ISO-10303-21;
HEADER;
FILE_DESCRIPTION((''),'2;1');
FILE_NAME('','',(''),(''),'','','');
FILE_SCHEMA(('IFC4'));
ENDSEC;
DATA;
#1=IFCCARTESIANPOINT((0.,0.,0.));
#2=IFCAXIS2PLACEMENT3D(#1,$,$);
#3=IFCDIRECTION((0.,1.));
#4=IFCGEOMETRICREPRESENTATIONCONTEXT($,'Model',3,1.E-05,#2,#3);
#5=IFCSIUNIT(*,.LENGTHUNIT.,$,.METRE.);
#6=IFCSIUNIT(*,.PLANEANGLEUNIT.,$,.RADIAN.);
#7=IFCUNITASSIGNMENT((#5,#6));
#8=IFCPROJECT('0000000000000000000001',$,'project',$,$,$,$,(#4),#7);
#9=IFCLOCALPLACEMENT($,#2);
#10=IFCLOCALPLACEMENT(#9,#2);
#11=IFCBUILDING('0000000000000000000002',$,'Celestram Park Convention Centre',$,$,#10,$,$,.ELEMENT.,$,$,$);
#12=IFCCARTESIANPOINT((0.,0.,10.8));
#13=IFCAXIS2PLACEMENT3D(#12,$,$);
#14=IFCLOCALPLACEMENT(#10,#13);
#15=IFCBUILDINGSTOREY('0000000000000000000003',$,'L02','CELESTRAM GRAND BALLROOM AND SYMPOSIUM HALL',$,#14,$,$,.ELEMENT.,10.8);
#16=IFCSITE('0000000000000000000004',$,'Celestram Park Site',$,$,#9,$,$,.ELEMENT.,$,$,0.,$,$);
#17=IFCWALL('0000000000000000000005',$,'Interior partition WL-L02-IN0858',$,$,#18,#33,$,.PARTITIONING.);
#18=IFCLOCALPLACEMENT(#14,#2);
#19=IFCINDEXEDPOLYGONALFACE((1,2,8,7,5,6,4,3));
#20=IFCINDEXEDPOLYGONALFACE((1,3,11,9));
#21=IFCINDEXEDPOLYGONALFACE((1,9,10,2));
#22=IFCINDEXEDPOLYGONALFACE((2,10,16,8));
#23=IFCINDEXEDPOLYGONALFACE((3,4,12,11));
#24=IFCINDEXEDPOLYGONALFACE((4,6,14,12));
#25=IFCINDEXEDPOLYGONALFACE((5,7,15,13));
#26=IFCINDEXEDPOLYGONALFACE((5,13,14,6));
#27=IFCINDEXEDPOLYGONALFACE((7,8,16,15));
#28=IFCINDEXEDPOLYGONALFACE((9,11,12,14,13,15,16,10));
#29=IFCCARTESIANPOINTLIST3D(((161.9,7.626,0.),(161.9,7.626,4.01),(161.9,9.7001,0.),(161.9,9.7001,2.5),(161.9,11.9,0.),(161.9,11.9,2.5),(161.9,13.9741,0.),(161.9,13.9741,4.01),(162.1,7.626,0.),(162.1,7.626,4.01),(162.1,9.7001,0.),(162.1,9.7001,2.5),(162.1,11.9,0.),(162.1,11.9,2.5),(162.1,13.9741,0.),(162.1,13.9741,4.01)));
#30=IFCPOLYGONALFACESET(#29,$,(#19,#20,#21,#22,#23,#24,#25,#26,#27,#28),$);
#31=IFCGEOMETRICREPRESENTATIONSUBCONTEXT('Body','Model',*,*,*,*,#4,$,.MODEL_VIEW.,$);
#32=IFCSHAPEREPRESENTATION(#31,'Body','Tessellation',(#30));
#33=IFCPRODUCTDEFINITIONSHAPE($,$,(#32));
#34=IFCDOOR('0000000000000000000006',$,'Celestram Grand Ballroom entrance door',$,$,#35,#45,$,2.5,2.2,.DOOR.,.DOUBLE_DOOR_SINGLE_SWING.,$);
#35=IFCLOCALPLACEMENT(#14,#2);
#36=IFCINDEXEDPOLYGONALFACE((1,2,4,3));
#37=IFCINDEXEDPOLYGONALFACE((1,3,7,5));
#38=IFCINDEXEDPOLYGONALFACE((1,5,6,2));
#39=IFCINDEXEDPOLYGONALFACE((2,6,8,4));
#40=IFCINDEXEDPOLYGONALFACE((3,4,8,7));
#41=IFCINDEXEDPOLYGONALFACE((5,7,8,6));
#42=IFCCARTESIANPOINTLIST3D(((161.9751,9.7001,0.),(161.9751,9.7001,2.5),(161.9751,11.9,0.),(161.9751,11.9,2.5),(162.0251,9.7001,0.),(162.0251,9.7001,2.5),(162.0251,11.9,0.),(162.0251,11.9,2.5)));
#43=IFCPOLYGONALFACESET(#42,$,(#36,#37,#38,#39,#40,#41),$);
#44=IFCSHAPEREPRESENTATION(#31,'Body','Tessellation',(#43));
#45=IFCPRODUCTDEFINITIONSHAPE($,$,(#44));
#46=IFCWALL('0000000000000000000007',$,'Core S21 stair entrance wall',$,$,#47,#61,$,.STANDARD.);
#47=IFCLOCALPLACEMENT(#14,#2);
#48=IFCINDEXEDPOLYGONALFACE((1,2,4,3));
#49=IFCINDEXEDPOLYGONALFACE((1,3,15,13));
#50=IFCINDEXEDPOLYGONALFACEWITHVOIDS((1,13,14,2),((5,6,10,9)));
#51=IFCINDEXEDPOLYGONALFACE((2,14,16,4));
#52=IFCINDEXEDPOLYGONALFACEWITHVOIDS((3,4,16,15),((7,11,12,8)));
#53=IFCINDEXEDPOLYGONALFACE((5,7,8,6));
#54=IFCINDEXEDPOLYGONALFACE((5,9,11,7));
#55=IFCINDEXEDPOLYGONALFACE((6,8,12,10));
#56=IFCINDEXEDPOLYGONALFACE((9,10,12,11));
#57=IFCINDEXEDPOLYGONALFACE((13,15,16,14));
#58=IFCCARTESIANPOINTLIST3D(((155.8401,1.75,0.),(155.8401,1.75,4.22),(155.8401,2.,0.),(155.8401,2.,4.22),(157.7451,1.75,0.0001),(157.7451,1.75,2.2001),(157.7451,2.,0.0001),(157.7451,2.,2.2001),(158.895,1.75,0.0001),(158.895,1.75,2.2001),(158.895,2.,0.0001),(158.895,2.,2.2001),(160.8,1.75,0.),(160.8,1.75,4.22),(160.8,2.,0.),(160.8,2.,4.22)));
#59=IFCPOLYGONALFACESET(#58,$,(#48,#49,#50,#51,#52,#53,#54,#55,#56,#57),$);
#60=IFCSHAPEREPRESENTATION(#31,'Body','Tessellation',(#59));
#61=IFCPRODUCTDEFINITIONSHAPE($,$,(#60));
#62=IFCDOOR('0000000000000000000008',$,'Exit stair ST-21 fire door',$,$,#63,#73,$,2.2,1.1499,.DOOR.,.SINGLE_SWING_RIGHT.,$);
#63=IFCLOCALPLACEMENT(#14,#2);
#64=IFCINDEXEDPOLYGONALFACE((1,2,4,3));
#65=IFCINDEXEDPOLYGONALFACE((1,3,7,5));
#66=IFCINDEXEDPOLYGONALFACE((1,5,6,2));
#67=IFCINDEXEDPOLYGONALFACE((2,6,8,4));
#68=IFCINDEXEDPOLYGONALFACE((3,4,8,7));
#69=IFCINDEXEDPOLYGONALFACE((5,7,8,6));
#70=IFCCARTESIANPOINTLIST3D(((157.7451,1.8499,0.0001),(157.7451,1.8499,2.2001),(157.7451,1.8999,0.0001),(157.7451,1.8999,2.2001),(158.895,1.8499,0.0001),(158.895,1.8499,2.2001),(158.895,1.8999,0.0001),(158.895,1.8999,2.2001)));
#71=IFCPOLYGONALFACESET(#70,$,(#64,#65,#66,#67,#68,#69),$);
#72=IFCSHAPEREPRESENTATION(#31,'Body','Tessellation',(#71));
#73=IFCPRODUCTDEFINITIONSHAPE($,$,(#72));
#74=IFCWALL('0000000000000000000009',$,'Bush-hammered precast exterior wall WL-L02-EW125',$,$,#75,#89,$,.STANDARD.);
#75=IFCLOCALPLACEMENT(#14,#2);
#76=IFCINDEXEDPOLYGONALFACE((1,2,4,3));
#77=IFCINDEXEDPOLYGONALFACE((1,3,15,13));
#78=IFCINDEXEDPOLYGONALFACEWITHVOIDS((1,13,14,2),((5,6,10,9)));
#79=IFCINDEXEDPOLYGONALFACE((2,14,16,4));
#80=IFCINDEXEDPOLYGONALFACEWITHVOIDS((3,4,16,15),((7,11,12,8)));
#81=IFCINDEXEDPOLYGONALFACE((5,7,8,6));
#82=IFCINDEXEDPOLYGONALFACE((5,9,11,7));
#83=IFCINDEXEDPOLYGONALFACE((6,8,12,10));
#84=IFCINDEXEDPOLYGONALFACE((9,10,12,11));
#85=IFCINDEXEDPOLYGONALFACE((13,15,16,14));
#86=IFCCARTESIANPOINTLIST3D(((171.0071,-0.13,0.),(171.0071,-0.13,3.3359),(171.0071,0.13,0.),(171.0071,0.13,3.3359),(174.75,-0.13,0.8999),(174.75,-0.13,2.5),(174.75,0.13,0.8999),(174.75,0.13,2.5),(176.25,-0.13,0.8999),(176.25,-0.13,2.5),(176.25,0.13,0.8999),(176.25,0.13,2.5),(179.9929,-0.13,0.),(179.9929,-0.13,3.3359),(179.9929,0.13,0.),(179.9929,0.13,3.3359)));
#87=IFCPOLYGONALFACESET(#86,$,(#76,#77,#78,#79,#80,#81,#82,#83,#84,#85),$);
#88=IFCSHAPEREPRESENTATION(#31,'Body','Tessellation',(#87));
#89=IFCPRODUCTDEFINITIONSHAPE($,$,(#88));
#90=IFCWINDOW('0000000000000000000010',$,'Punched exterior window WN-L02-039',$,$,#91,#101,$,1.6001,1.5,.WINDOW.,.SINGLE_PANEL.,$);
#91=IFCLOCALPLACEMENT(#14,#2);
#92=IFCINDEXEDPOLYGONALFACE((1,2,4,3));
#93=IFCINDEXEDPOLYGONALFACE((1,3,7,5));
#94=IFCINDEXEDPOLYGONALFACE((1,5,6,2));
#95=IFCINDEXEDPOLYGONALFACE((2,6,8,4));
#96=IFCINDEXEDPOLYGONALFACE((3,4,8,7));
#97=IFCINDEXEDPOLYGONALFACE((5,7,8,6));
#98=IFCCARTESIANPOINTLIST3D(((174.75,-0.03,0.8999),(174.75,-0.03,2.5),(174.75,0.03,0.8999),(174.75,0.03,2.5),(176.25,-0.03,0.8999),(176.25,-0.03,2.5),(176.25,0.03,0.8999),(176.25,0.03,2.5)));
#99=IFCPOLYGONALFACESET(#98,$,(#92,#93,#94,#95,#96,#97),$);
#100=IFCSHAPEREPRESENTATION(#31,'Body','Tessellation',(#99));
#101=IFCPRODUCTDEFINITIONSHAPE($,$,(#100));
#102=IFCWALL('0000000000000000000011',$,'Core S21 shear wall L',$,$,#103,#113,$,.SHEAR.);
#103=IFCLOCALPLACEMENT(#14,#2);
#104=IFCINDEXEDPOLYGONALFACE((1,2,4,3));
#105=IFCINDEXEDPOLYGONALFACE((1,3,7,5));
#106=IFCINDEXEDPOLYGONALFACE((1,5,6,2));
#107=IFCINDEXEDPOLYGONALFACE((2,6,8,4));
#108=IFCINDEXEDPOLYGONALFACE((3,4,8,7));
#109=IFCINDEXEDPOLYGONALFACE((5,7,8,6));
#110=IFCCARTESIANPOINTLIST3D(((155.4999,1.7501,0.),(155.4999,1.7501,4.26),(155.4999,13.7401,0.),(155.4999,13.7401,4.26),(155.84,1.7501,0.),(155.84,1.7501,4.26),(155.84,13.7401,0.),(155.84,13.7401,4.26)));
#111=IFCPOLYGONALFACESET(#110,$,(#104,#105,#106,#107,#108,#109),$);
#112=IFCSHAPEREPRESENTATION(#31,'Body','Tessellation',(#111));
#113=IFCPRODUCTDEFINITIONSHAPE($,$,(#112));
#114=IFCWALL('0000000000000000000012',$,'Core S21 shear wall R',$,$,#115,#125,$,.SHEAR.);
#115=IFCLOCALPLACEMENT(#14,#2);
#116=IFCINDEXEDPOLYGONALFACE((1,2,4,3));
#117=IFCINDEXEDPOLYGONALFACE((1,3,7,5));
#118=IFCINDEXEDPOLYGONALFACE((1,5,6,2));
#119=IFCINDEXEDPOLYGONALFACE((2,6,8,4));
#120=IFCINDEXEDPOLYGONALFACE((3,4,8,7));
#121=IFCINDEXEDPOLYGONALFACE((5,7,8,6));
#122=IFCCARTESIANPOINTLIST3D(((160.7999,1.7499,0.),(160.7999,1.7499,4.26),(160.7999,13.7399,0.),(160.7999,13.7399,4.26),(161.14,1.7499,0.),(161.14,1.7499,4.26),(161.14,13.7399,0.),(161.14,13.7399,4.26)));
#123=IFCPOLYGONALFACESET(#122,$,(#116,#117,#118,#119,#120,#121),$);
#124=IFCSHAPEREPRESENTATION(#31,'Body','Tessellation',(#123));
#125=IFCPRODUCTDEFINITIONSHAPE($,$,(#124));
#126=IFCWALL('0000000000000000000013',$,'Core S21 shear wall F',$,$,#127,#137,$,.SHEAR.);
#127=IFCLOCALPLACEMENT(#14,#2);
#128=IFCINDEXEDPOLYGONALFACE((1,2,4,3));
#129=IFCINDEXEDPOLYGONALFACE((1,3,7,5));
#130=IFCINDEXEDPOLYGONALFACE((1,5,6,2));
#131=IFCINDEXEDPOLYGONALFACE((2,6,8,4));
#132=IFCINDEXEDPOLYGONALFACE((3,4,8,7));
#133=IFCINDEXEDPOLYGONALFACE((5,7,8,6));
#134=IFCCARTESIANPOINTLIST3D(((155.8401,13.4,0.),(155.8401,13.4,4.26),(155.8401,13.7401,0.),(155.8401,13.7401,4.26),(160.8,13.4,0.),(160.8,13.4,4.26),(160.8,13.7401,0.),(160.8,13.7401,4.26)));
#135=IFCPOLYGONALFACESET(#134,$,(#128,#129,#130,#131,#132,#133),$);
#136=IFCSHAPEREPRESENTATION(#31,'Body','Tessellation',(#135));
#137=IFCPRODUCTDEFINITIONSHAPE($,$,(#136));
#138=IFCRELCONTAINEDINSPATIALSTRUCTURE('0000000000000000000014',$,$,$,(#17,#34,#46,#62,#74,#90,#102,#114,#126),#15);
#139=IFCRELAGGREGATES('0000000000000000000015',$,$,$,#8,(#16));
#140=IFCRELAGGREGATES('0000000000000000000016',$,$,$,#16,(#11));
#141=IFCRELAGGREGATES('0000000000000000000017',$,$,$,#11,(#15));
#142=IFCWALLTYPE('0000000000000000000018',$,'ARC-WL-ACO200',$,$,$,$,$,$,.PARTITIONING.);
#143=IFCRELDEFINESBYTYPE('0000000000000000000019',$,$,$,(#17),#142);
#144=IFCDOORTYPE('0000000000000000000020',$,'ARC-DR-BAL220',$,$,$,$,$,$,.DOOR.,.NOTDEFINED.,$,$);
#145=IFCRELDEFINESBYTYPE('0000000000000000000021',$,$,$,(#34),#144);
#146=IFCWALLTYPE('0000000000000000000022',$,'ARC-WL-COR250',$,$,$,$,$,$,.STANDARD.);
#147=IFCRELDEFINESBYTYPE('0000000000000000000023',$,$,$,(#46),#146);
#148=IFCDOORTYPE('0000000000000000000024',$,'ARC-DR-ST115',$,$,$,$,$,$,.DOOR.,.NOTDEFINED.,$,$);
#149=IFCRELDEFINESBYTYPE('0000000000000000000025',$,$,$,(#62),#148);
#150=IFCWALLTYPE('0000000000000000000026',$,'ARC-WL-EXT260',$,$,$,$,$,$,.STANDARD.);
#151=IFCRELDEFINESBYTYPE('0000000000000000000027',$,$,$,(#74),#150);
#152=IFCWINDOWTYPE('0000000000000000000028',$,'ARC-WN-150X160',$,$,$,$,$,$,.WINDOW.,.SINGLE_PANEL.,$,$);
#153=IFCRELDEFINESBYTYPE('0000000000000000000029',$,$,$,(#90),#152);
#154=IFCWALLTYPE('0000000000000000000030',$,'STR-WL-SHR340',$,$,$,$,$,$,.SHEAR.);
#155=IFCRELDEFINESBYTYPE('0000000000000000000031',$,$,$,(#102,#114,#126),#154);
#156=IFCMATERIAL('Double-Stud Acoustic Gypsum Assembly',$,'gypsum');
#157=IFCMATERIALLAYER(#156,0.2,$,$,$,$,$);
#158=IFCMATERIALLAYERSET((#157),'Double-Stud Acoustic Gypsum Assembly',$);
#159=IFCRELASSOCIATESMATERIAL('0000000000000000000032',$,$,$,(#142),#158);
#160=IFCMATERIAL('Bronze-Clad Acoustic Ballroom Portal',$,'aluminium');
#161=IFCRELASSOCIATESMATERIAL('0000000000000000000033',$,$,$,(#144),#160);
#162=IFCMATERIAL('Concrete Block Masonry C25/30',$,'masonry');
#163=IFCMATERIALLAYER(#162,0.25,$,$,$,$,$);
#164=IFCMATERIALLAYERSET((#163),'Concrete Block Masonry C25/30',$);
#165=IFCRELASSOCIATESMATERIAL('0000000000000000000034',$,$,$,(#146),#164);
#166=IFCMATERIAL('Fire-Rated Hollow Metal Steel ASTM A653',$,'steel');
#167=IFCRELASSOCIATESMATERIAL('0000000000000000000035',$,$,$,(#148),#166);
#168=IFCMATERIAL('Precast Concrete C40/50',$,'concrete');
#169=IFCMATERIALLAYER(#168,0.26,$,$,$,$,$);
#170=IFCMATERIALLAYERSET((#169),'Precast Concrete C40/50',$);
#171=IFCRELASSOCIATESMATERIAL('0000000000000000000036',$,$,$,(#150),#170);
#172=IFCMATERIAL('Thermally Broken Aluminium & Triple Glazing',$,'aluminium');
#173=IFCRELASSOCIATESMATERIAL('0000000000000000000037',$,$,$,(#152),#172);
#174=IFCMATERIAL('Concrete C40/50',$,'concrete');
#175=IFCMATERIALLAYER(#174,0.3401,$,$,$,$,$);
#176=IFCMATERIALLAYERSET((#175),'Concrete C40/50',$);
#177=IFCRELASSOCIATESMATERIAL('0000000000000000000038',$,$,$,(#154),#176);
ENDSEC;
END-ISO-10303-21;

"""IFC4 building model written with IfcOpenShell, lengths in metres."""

from ifc_helpers import new_model, si_unit, direction, frame, frame_2d, origin, place, context, subcontext, project, spatial, rectangle, extrude, material, layer, layer_set, type_object, element, fill, save


model = new_model("IFC4")

# Units and contexts
model_context = context("Model", 3, precision=1e-05, world=origin(), true_north=direction((0.0, 1.0)))
body_context = subcontext(model_context, "Body", "Model", "MODEL_VIEW")
ifc_project = project(units=[si_unit("LENGTHUNIT", "METRE"), si_unit("PLANEANGLEUNIT", "RADIAN")], contexts=[model_context])

# Site, building, storey
site_placement = place(None, origin())
site = spatial("IfcSite", under=ifc_project, at=site_placement, Name="Celestram Park Site", CompositionType="ELEMENT", RefElevation=0.0)
building_placement = place(site_placement, origin())
building = spatial("IfcBuilding", under=site, at=building_placement, Name="Celestram Park Convention Centre", CompositionType="ELEMENT")
storey_placement = place(building_placement, frame((0.0, 0.0, 10.8)))
storey = spatial("IfcBuildingStorey", under=building, at=storey_placement, Name="L02", Description="CELESTRAM GRAND BALLROOM AND SYMPOSIUM HALL", CompositionType="ELEMENT", Elevation=10.8)

# Shared definitions
ifc_material_1 = material(Name="Double-Stud Acoustic Gypsum Assembly", Category="gypsum")
ifc_layer_1 = layer(ifc_material_1, 0.2)
ifc_layer_set_1 = layer_set([ifc_layer_1], Name="Double-Stud Acoustic Gypsum Assembly")
wall_type_1 = type_object("IfcWallType", Name="ARC-WL-ACO200", PredefinedType="PARTITIONING", material=ifc_layer_set_1)

# Walls, openings, doors
wall_1_placement = place(storey_placement, frame((162.0, 7.626, 0.0), z_axis=(0.0, 0.0, 1.0), x_axis=(0.0, 1.0, 0.0)))
wall_1 = element("IfcWall", 1, at=wall_1_placement, inside=storey, type_object=wall_type_1, Name="Interior partition WL-L02-IN0858", PredefinedType="PARTITIONING", context=body_context, shape_type="SweptSolid", body=[
    extrude(rectangle(XDim=6.3481, YDim=0.2, at=frame_2d((3.1741, 0.0))), origin(), (0.0, 0.0, 1.0), 4.01),
])
opening_1_placement = place(wall_1_placement, frame((2.074, 0.0, 0.0)))
opening_1 = element("IfcOpeningElement", 2, at=opening_1_placement, cuts=wall_1, PredefinedType="OPENING", context=body_context, shape_type="SweptSolid", body=[
    extrude(rectangle(XDim=2.2, YDim=2.5, at=frame_2d((1.1001, 1.25))), frame((0.0, 0.1099, 0.0), z_axis=(0.0, -1.0, 0.0), x_axis=(1.0, 0.0, 0.0)), (0.0, 0.0, 1.0), 0.22),
])
ifc_material_2 = material(Name="Bronze-Clad Acoustic Ballroom Portal", Category="aluminium")
door_type_1 = type_object("IfcDoorType", Name="ARC-DR-BAL220", OperationType="NOTDEFINED", PredefinedType="DOOR", material=ifc_material_2)
door_1_placement = place(opening_1_placement, origin())
door_1 = element("IfcDoor", 3, at=door_1_placement, inside=storey, type_object=door_type_1, Name="Celestram Grand Ballroom entrance door", OperationType="DOUBLE_DOOR_SINGLE_SWING", OverallHeight=2.5, OverallWidth=2.2, PredefinedType="DOOR", context=body_context, shape_type="SweptSolid", body=[
    extrude(rectangle(XDim=2.2, YDim=2.5, at=frame_2d((1.1001, 1.25))), frame((0.0, 0.0249, 0.0), z_axis=(0.0, -1.0, 0.0), x_axis=(1.0, 0.0, 0.0)), (0.0, 0.0, 1.0), 0.05),
])
fill(opening_1, door_1)
ifc_material_3 = material(Name="Concrete Block Masonry C25/30", Category="masonry")
ifc_layer_2 = layer(ifc_material_3, 0.25)
ifc_layer_set_2 = layer_set([ifc_layer_2], Name="Concrete Block Masonry C25/30")
wall_type_2 = type_object("IfcWallType", Name="ARC-WL-COR250", PredefinedType="STANDARD", material=ifc_layer_set_2)
wall_2_placement = place(storey_placement, frame((155.8401, 1.875, 0.0), z_axis=(0.0, 0.0, 1.0), x_axis=(1.0, 0.0, 0.0)))
wall_2 = element("IfcWall", 4, at=wall_2_placement, inside=storey, type_object=wall_type_2, Name="Core S21 stair entrance wall", PredefinedType="STANDARD", context=body_context, shape_type="SweptSolid", body=[
    extrude(rectangle(XDim=4.96, YDim=0.25, at=frame_2d((2.48, 0.0))), origin(), (0.0, 0.0, 1.0), 4.22),
])
opening_2_placement = place(wall_2_placement, frame((1.905, 0.0, 0.0)))
opening_2 = element("IfcOpeningElement", 5, at=opening_2_placement, cuts=wall_2, PredefinedType="OPENING", context=body_context, shape_type="SweptSolid", body=[
    extrude(rectangle(XDim=1.1499, YDim=2.2, at=frame_2d((0.575, 1.1001))), frame((0.0, 0.135, 0.0), z_axis=(0.0, -1.0, 0.0), x_axis=(1.0, 0.0, 0.0)), (0.0, 0.0, 1.0), 0.27),
])
ifc_material_4 = material(Name="Fire-Rated Hollow Metal Steel ASTM A653", Category="steel")
door_type_2 = type_object("IfcDoorType", Name="ARC-DR-ST115", OperationType="NOTDEFINED", PredefinedType="DOOR", material=ifc_material_4)
door_2_placement = place(opening_2_placement, origin())
door_2 = element("IfcDoor", 6, at=door_2_placement, inside=storey, type_object=door_type_2, Name="Exit stair ST-21 fire door", OperationType="SINGLE_SWING_RIGHT", OverallHeight=2.2, OverallWidth=1.1499, PredefinedType="DOOR", context=body_context, shape_type="SweptSolid", body=[
    extrude(rectangle(XDim=1.1499, YDim=2.2, at=frame_2d((0.575, 1.1001))), frame((0.0, 0.0249, 0.0), z_axis=(0.0, -1.0, 0.0), x_axis=(1.0, 0.0, 0.0)), (0.0, 0.0, 1.0), 0.05),
])
fill(opening_2, door_2)

# Wall, opening, window
ifc_material_5 = material(Name="Precast Concrete C40/50", Category="concrete")
ifc_layer_3 = layer(ifc_material_5, 0.26)
ifc_layer_set_3 = layer_set([ifc_layer_3], Name="Precast Concrete C40/50")
wall_type_3 = type_object("IfcWallType", Name="ARC-WL-EXT260", PredefinedType="STANDARD", material=ifc_layer_set_3)
wall_3_placement = place(storey_placement, frame((179.9929, 0.0, 0.0), z_axis=(0.0, 0.0, 1.0), x_axis=(-1.0, 0.0, 0.0)))
wall_3 = element("IfcWall", 7, at=wall_3_placement, inside=storey, type_object=wall_type_3, Name="Bush-hammered precast exterior wall WL-L02-EW125", PredefinedType="STANDARD", context=body_context, shape_type="SweptSolid", body=[
    extrude(rectangle(XDim=8.9858, YDim=0.26, at=frame_2d((4.4929, 0.0))), origin(), (0.0, 0.0, 1.0), 3.3359),
])
opening_3_placement = place(wall_3_placement, frame((3.7429, 0.0, 0.8999)))
opening_3 = element("IfcOpeningElement", 8, at=opening_3_placement, cuts=wall_3, PredefinedType="OPENING", context=body_context, shape_type="SweptSolid", body=[
    extrude(rectangle(XDim=1.5, YDim=1.6001, at=frame_2d((0.75, 0.8))), frame((0.0, 0.1399, 0.0), z_axis=(0.0, -1.0, 0.0), x_axis=(1.0, 0.0, 0.0)), (0.0, 0.0, 1.0), 0.28),
])
ifc_material_6 = material(Name="Thermally Broken Aluminium & Triple Glazing", Category="aluminium")
window_type = type_object("IfcWindowType", Name="ARC-WN-150X160", PartitioningType="SINGLE_PANEL", PredefinedType="WINDOW", material=ifc_material_6)
window_placement = place(opening_3_placement, origin())
window = element("IfcWindow", 9, at=window_placement, inside=storey, type_object=window_type, Name="Punched exterior window WN-L02-039", OverallHeight=1.6001, OverallWidth=1.5, PartitioningType="SINGLE_PANEL", PredefinedType="WINDOW", context=body_context, shape_type="SweptSolid", body=[
    extrude(rectangle(XDim=1.5, YDim=1.6001, at=frame_2d((0.75, 0.8))), frame((0.0, 0.03, 0.0), z_axis=(0.0, -1.0, 0.0), x_axis=(1.0, 0.0, 0.0)), (0.0, 0.0, 1.0), 0.0601),
])
fill(opening_3, window)

# Walls
ifc_material_7 = material(Name="Concrete C40/50", Category="concrete")
ifc_layer_4 = layer(ifc_material_7, 0.3401)
ifc_layer_set_4 = layer_set([ifc_layer_4], Name="Concrete C40/50")
wall_type_4 = type_object("IfcWallType", Name="STR-WL-SHR340", PredefinedType="SHEAR", material=ifc_layer_set_4)
for number, where, z_axis, x_axis, name in (
    (10, (155.6699, 1.75, 0.0), (0.0, 0.0, 1.0), (0.0, 1.0, 0.0), "Core S21 shear wall L"),
    (11, (160.97, 13.74, 0.0), (0.0, 0.0, 1.0), (0.0, -1.0, 0.0), "Core S21 shear wall R"),
):
    element("IfcWall", number, at=place(storey_placement, frame(where, z_axis=z_axis, x_axis=x_axis)), inside=storey, type_object=wall_type_4, Name=name, PredefinedType="SHEAR", context=body_context, shape_type="SweptSolid", body=[
        extrude(rectangle(XDim=11.99, YDim=0.3401, at=frame_2d((5.9951, 0.0))), origin(), (0.0, 0.0, 1.0), 4.26),
    ])
wall_4_placement = place(storey_placement, frame((155.8401, 13.5701, 0.0), z_axis=(0.0, 0.0, 1.0), x_axis=(1.0, 0.0, 0.0)))
element("IfcWall", 12, at=wall_4_placement, inside=storey, type_object=wall_type_4, Name="Core S21 shear wall F", PredefinedType="SHEAR", context=body_context, shape_type="SweptSolid", body=[
    extrude(rectangle(XDim=4.96, YDim=0.3401, at=frame_2d((2.48, 0.0))), origin(), (0.0, 0.0, 1.0), 4.26),
])

save(model, "model.ifc")
